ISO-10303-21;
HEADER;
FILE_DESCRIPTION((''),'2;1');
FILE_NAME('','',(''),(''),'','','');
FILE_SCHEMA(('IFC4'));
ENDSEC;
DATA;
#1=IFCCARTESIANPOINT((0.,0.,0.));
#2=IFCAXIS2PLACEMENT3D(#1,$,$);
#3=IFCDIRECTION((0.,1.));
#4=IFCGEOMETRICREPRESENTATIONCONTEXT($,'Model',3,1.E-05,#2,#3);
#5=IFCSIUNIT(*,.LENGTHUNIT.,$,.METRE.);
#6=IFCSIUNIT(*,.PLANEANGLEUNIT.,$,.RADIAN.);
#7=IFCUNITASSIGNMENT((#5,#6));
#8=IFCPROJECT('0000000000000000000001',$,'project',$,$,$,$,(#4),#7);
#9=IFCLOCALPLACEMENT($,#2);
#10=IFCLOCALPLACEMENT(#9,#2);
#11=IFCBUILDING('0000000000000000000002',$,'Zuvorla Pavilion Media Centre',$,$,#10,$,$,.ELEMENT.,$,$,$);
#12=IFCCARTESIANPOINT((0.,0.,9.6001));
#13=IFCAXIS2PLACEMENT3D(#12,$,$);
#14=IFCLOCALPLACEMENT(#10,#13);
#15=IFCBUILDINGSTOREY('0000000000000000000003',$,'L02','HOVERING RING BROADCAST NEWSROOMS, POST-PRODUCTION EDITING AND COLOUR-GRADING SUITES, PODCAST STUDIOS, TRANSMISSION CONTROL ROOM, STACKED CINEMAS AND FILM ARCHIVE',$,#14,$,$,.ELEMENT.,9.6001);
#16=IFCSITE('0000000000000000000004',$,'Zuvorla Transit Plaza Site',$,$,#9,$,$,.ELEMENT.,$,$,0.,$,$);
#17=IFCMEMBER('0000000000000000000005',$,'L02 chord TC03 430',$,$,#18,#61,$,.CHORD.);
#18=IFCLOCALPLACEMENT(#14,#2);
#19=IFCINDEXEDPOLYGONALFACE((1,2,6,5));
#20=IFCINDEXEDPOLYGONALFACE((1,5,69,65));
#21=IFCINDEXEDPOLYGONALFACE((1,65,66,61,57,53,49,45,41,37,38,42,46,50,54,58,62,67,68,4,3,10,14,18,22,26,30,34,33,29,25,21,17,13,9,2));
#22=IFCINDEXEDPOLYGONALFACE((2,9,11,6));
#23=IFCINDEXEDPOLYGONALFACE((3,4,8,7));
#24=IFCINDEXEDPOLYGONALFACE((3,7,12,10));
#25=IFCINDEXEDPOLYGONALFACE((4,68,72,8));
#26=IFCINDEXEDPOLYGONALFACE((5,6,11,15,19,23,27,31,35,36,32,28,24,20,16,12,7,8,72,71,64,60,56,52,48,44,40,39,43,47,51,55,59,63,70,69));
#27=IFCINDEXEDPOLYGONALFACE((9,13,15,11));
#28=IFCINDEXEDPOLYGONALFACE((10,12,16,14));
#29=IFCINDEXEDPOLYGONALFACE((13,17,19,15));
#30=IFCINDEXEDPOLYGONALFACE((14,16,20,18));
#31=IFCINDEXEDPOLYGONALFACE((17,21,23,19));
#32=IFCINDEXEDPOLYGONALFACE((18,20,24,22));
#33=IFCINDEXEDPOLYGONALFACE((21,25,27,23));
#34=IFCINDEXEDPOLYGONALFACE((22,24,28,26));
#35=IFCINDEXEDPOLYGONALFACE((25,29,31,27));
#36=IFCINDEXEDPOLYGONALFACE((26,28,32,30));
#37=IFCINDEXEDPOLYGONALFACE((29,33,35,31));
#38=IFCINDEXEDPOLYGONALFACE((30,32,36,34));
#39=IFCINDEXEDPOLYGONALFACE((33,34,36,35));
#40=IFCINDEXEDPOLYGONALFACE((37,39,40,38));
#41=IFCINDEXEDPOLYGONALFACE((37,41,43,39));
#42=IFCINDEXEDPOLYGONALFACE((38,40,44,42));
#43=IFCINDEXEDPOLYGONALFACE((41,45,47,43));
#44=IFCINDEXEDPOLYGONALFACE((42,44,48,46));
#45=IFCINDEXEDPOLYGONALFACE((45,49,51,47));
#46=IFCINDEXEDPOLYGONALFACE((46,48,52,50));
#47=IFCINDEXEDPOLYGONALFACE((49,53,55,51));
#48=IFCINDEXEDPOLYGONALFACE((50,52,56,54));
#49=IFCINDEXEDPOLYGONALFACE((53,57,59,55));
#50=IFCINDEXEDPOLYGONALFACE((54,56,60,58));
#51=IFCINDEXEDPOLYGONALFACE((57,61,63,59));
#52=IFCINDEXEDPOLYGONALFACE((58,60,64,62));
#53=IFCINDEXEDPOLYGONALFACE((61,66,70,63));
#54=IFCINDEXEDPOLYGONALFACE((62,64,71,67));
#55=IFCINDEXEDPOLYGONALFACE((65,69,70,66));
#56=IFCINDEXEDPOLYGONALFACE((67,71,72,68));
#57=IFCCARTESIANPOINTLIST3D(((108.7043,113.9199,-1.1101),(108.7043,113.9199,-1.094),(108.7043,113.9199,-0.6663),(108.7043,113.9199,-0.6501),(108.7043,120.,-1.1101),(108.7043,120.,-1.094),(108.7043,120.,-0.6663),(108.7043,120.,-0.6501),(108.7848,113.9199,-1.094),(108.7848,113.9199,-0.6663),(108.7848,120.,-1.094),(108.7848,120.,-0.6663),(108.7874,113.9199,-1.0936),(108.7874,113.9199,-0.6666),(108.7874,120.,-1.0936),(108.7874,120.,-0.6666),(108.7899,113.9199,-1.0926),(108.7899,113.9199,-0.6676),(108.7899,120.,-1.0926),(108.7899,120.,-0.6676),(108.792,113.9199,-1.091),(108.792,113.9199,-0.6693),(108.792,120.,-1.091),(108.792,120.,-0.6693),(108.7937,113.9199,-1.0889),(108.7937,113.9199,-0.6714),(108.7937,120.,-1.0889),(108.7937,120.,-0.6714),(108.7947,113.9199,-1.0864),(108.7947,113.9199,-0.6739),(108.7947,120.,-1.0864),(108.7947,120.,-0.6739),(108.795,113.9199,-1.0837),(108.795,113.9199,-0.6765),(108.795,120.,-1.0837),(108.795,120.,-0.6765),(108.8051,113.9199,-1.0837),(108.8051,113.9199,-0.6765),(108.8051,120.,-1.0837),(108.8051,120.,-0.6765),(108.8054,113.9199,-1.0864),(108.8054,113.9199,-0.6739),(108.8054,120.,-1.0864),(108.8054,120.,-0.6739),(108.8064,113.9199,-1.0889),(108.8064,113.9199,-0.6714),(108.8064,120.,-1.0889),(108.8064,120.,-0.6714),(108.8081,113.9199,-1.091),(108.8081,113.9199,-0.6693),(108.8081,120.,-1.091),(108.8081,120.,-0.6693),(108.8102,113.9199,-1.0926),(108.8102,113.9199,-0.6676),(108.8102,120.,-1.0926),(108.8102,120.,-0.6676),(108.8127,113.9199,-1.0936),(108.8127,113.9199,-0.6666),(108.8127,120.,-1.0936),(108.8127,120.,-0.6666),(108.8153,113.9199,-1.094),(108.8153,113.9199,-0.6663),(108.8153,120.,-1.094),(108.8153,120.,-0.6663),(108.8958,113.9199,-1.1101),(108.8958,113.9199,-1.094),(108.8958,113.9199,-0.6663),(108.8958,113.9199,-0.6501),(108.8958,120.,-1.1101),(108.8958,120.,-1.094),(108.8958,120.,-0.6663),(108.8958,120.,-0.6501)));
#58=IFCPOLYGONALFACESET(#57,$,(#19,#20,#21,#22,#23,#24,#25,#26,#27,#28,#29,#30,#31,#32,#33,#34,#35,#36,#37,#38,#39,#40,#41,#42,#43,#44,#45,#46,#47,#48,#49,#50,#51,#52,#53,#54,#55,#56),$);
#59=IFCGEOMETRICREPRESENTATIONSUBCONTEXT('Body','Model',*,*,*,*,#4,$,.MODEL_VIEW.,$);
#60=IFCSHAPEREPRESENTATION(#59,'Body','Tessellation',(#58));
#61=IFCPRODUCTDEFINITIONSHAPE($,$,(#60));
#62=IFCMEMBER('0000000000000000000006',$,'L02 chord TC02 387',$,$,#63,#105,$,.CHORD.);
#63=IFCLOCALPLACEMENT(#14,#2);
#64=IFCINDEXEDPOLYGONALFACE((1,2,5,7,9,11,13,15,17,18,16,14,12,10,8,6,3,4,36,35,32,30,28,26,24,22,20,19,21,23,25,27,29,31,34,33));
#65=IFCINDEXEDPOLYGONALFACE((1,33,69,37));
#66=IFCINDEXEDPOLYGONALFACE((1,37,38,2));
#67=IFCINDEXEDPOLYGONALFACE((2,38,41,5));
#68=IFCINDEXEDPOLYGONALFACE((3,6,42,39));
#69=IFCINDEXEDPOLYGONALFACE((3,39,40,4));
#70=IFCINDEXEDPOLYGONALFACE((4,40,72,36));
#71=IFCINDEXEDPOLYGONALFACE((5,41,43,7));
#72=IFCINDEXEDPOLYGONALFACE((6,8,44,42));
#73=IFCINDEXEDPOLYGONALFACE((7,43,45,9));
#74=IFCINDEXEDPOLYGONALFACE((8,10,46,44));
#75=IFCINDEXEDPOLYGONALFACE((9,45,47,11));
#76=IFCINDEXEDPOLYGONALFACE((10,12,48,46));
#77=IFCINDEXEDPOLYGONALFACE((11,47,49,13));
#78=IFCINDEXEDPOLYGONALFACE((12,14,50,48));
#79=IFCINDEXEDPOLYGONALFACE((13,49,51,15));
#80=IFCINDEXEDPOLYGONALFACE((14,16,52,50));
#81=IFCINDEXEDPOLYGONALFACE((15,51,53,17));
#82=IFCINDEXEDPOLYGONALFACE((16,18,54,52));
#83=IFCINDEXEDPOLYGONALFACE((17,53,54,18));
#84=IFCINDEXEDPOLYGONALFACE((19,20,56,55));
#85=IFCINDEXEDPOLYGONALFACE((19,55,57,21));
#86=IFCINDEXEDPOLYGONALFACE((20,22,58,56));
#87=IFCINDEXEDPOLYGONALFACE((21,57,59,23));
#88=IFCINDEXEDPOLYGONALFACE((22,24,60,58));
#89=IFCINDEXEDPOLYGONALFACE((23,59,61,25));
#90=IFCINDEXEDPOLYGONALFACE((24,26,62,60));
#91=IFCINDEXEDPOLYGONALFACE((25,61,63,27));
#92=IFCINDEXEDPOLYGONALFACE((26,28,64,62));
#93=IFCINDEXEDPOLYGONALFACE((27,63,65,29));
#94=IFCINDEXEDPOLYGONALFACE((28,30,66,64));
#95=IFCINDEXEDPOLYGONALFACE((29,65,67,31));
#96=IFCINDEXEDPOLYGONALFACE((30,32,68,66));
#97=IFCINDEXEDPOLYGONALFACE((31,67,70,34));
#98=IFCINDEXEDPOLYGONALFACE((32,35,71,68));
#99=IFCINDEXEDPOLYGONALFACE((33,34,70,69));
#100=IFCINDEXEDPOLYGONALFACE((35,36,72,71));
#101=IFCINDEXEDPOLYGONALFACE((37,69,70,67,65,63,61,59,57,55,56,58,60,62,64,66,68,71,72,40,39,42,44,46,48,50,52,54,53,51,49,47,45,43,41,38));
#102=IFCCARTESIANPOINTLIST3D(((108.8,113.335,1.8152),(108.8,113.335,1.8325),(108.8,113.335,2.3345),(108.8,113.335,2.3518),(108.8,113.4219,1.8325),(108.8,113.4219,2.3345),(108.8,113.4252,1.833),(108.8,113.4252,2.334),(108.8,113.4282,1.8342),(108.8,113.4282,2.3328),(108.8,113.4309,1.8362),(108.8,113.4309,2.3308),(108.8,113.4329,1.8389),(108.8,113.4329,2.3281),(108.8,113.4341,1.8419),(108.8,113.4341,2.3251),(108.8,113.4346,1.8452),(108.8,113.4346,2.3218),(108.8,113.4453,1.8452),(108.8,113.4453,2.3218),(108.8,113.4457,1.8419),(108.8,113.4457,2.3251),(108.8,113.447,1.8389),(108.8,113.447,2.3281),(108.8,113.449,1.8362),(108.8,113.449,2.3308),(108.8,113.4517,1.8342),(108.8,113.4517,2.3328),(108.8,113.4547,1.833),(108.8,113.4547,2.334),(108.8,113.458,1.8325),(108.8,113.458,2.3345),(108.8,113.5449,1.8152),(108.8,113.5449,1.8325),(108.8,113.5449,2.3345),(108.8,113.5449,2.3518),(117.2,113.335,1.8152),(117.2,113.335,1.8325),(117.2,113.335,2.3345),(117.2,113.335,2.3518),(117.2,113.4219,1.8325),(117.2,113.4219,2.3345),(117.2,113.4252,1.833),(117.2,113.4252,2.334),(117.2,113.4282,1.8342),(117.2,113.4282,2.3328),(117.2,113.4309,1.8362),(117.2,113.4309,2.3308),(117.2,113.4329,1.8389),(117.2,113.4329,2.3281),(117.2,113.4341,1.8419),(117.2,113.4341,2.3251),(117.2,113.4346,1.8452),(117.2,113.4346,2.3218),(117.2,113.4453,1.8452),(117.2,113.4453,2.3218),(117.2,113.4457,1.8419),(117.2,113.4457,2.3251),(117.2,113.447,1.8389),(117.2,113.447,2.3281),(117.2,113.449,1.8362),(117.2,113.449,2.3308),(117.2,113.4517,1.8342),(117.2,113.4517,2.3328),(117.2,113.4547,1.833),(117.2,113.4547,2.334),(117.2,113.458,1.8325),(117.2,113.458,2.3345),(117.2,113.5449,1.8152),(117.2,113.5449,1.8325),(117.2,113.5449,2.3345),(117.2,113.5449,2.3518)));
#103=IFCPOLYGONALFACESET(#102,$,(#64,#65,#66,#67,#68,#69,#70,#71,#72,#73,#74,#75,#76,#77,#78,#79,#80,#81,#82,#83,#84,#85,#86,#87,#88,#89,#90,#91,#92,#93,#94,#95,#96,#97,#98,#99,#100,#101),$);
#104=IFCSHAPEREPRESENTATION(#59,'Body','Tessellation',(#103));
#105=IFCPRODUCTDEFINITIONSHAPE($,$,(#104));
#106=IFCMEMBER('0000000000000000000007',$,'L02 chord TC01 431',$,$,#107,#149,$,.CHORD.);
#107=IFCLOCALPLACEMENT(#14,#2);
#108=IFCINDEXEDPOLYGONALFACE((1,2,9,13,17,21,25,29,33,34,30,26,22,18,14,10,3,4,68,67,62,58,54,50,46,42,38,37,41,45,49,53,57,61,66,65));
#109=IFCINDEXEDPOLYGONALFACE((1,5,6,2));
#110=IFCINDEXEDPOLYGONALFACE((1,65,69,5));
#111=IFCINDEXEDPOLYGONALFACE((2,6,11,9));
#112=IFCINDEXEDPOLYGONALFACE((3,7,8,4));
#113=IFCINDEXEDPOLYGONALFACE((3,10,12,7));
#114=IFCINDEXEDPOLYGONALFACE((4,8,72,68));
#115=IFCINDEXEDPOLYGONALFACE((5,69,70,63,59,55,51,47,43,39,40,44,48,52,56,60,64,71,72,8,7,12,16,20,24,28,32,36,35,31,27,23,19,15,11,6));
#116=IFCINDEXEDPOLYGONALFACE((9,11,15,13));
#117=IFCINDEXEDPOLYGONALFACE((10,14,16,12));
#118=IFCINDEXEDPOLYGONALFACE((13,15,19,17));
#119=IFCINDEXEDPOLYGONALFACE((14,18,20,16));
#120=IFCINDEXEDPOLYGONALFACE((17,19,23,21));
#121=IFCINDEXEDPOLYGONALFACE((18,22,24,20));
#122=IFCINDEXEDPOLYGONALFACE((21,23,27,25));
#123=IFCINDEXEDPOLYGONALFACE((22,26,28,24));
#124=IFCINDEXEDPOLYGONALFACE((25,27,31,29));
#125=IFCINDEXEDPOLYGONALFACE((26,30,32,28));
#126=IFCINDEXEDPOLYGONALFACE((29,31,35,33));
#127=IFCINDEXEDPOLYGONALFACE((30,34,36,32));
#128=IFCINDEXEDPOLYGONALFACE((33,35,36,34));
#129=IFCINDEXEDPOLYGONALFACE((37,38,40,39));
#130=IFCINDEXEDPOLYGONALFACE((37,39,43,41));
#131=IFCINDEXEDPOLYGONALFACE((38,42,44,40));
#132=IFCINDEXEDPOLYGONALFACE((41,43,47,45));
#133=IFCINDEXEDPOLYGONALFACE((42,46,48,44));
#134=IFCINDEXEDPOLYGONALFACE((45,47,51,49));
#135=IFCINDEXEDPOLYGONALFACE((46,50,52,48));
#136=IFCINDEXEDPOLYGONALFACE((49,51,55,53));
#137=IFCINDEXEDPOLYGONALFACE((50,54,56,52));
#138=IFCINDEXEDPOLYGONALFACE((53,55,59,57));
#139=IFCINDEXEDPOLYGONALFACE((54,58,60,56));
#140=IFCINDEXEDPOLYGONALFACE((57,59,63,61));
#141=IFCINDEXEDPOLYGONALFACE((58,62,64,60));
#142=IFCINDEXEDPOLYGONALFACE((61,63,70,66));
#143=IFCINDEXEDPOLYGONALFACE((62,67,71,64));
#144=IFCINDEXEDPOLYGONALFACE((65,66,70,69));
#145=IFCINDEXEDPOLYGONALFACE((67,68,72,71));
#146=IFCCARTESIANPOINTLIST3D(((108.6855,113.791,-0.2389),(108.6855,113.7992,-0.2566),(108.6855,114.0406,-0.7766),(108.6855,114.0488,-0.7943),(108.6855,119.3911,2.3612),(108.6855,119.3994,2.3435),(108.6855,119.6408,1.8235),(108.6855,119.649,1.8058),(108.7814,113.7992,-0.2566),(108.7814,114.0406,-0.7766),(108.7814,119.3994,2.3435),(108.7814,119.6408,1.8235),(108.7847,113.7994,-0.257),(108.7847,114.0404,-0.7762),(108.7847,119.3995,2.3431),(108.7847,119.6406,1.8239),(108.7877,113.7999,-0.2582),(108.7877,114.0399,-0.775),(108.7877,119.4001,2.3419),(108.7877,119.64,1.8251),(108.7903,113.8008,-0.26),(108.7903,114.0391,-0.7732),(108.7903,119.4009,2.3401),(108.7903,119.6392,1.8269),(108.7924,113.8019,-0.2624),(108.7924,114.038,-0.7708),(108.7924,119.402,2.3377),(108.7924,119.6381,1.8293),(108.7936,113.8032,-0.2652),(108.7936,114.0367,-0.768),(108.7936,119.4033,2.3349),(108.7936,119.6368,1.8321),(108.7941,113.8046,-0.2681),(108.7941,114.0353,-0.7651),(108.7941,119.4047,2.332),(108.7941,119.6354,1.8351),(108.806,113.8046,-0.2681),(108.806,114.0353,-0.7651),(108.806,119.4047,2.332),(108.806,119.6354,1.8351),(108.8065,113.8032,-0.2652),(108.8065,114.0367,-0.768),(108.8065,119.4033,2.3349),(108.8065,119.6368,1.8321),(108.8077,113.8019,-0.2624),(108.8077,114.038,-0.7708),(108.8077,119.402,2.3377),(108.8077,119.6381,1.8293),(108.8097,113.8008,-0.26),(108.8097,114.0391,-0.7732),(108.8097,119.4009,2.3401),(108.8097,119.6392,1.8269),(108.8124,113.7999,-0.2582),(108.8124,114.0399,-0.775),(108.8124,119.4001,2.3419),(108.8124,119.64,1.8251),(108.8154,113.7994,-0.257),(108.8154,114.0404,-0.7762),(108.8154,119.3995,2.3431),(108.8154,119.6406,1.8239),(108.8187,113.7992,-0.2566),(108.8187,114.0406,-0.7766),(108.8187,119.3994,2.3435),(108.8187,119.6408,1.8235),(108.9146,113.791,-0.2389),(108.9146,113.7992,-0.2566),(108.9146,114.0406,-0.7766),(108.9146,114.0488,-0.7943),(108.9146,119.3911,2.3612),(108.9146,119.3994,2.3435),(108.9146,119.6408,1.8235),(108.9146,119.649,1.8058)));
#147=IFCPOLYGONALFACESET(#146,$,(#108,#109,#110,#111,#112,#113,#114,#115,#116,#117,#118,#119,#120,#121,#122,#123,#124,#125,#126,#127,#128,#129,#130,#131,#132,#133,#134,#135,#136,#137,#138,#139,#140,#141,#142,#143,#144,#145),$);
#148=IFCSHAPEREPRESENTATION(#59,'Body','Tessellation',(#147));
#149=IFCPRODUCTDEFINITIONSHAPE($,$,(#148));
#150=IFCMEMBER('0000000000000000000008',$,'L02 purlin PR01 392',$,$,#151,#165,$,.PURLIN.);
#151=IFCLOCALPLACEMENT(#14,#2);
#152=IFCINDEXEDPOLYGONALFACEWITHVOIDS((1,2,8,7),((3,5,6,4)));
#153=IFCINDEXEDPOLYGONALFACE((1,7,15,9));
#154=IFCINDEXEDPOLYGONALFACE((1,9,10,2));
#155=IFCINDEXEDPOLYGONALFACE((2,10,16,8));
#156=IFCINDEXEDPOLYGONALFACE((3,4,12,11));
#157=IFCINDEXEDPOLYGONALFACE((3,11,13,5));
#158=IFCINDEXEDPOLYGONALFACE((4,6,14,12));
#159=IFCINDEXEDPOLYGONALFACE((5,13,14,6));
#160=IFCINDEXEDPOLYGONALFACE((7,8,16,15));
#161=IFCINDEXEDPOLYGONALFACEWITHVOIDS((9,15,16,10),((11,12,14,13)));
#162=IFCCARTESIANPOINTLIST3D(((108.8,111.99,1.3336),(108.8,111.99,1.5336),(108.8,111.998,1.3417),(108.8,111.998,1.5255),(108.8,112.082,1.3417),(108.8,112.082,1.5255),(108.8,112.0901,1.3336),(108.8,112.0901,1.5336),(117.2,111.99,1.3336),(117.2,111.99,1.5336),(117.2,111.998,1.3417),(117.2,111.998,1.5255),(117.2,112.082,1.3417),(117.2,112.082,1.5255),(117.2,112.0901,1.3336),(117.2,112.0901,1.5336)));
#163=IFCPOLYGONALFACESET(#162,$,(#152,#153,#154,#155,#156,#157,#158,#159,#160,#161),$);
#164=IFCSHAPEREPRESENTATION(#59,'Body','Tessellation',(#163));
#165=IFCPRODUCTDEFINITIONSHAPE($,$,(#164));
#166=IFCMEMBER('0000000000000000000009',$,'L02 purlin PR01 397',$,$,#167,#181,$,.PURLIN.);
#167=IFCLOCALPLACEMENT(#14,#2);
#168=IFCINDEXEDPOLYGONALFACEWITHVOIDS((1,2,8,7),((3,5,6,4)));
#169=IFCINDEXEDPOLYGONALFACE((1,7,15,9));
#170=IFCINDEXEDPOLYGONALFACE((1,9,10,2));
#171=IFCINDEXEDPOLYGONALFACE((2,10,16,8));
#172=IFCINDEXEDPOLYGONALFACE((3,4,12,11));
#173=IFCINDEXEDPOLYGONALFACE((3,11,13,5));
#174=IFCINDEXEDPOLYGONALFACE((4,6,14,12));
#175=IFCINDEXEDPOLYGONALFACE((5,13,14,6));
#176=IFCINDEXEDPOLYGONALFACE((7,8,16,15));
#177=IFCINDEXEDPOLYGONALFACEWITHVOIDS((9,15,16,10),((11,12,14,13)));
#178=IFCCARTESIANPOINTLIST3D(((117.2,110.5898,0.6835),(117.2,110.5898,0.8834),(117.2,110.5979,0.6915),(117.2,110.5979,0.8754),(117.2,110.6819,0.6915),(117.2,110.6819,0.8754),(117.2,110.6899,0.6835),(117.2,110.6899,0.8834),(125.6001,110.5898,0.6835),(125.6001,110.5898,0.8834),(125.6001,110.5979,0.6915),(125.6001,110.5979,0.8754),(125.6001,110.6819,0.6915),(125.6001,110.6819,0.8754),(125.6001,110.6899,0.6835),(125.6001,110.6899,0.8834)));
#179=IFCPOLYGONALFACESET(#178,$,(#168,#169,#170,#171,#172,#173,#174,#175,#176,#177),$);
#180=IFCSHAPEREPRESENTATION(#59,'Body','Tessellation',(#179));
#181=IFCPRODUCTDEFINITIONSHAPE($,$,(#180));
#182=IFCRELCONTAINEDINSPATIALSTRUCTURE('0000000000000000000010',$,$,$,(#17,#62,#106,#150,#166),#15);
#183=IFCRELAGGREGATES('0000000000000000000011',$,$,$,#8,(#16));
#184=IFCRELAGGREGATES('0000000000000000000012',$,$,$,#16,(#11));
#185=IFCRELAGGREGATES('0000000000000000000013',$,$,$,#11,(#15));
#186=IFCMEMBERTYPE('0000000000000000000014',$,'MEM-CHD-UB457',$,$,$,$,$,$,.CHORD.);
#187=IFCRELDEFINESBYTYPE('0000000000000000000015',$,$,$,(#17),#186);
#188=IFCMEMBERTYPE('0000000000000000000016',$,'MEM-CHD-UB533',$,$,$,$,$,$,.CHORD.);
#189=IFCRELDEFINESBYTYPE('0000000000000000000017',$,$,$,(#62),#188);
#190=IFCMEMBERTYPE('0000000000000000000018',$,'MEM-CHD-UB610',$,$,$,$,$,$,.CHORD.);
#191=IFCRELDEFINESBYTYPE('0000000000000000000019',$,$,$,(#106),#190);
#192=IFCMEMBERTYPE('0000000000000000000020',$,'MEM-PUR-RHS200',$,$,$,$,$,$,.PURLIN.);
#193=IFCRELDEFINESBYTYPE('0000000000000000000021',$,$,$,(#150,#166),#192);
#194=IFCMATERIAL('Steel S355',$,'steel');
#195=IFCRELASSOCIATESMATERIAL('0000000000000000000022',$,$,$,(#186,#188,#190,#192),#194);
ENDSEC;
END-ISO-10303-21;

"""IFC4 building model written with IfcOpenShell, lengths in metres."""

from ifc_helpers import new_model, si_unit, direction, frame, origin, origin_2d, place, context, subcontext, project, spatial, hollow_rectangle, i_section, extrude, material, material_profile, profile_set, type_object, element, save


model = new_model("IFC4")

# Units and contexts
model_context = context("Model", 3, precision=1e-05, world=origin(), true_north=direction((0.0, 1.0)))
body_context = subcontext(model_context, "Body", "Model", "MODEL_VIEW")
ifc_project = project(units=[si_unit("LENGTHUNIT", "METRE"), si_unit("PLANEANGLEUNIT", "RADIAN")], contexts=[model_context])

# Site, building, storey
site_placement = place(None, origin())
site = spatial("IfcSite", under=ifc_project, at=site_placement, Name="Zuvorla Transit Plaza Site", CompositionType="ELEMENT", RefElevation=0.0)
building_placement = place(site_placement, origin())
building = spatial("IfcBuilding", under=site, at=building_placement, Name="Zuvorla Pavilion Media Centre", CompositionType="ELEMENT")
storey_placement = place(building_placement, frame((0.0, 0.0, 9.6001)))
storey = spatial("IfcBuildingStorey", under=building, at=storey_placement, Name="L02", Description="HOVERING RING BROADCAST NEWSROOMS, POST-PRODUCTION EDITING AND COLOUR-GRADING SUITES, PODCAST STUDIOS, TRANSMISSION CONTROL ROOM, STACKED CINEMAS AND FILM ARCHIVE", CompositionType="ELEMENT", Elevation=9.6001)

# Shared definitions
ifc_material_1 = material(Name="Steel S355", Category="steel")

# Members
ifc_material_profile_1 = material_profile(ifc_material_1, i_section(OverallWidth=0.1914, OverallDepth=0.46, WebThickness=0.01, FlangeThickness=0.0161, FilletRadius=0.0103, at=origin_2d()), Name="UB 457x191x82")
ifc_profile_set_1 = profile_set([ifc_material_profile_1], Name="Steel S355")
member_type_1 = type_object("IfcMemberType", Name="MEM-CHD-UB457", PredefinedType="CHORD", material=ifc_profile_set_1)
member_1_placement = place(storey_placement, frame((108.8, 113.9199, -0.8801), z_axis=(0.0, 1.0, 0.0), x_axis=(-1.0, 0.0, 0.0)))
element("IfcMember", 1, at=member_1_placement, inside=storey, type_object=member_type_1, Name="L02 chord TC03 430", PredefinedType="CHORD", context=body_context, shape_type="SweptSolid", body=[
    extrude(i_section(OverallWidth=0.1914, OverallDepth=0.46, WebThickness=0.01, FlangeThickness=0.0161, FilletRadius=0.0103, at=origin_2d()), origin(), (0.0, 0.0, 1.0), 6.0801),
])
ifc_material_profile_2 = material_profile(ifc_material_1, i_section(OverallWidth=0.21, OverallDepth=0.5366, WebThickness=0.0107, FlangeThickness=0.0173, FilletRadius=0.0127, at=origin_2d()), Name="UB 533x210x101")
ifc_profile_set_2 = profile_set([ifc_material_profile_2], Name="Steel S355")
member_type_2 = type_object("IfcMemberType", Name="MEM-CHD-UB533", PredefinedType="CHORD", material=ifc_profile_set_2)
member_2_placement = place(storey_placement, frame((108.8, 113.4399, 2.0835), z_axis=(1.0, 0.0, 0.0), x_axis=(0.0, 1.0, 0.0)))
element("IfcMember", 2, at=member_2_placement, inside=storey, type_object=member_type_2, Name="L02 chord TC02 387", PredefinedType="CHORD", context=body_context, shape_type="SweptSolid", body=[
    extrude(i_section(OverallWidth=0.21, OverallDepth=0.5366, WebThickness=0.0107, FlangeThickness=0.0173, FilletRadius=0.0127, at=origin_2d()), origin(), (0.0, 0.0, 1.0), 8.3999),
])
ifc_material_profile_3 = material_profile(ifc_material_1, i_section(OverallWidth=0.229, OverallDepth=0.6123, WebThickness=0.012, FlangeThickness=0.0195, FilletRadius=0.0127, at=origin_2d()), Name="UB 610x229x125")
ifc_profile_set_3 = profile_set([ifc_material_profile_3], Name="Steel S355")
member_type_3 = type_object("IfcMemberType", Name="MEM-CHD-UB610", PredefinedType="CHORD", material=ifc_profile_set_3)
member_3_placement = place(storey_placement, frame((108.8, 113.9199, -0.5166), z_axis=(0.0, 0.907006, 0.421118), x_axis=(-1.0, 0.0, 0.0)))
element("IfcMember", 3, at=member_3_placement, inside=storey, type_object=member_type_3, Name="L02 chord TC01 431", PredefinedType="CHORD", context=body_context, shape_type="SweptSolid", body=[
    extrude(i_section(OverallWidth=0.229, OverallDepth=0.6123, WebThickness=0.012, FlangeThickness=0.0195, FilletRadius=0.0127, at=origin_2d()), origin(), (0.0, 0.0, 1.0), 6.1743),
])
ifc_material_profile_4 = material_profile(ifc_material_1, hollow_rectangle(XDim=0.1001, YDim=0.2, WallThickness=0.0081, at=origin_2d()), Name="RHS 200x100x8")
ifc_profile_set_4 = profile_set([ifc_material_profile_4], Name="Steel S355")
member_type_4 = type_object("IfcMemberType", Name="MEM-PUR-RHS200", PredefinedType="PURLIN", material=ifc_profile_set_4)
member_4_placement = place(storey_placement, frame((108.8, 112.04, 1.4336), z_axis=(1.0, 0.0, 0.0), x_axis=(0.0, 1.0, 0.0)))
element("IfcMember", 4, at=member_4_placement, inside=storey, type_object=member_type_4, Name="L02 purlin PR01 392", PredefinedType="PURLIN", context=body_context, shape_type="SweptSolid", body=[
    extrude(hollow_rectangle(XDim=0.1001, YDim=0.2, WallThickness=0.0081, at=origin_2d()), origin(), (0.0, 0.0, 1.0), 8.3999),
])
member_5_placement = place(storey_placement, frame((117.2, 110.6399, 0.7834), z_axis=(1.0, 0.0, 0.0), x_axis=(0.0, 1.0, 0.0)))
element("IfcMember", 5, at=member_5_placement, inside=storey, type_object=member_type_4, Name="L02 purlin PR01 397", PredefinedType="PURLIN", context=body_context, shape_type="SweptSolid", body=[
    extrude(hollow_rectangle(XDim=0.1001, YDim=0.2, WallThickness=0.0081, at=origin_2d()), origin(), (0.0, 0.0, 1.0), 8.4001),
])

save(model, "model.ifc")
